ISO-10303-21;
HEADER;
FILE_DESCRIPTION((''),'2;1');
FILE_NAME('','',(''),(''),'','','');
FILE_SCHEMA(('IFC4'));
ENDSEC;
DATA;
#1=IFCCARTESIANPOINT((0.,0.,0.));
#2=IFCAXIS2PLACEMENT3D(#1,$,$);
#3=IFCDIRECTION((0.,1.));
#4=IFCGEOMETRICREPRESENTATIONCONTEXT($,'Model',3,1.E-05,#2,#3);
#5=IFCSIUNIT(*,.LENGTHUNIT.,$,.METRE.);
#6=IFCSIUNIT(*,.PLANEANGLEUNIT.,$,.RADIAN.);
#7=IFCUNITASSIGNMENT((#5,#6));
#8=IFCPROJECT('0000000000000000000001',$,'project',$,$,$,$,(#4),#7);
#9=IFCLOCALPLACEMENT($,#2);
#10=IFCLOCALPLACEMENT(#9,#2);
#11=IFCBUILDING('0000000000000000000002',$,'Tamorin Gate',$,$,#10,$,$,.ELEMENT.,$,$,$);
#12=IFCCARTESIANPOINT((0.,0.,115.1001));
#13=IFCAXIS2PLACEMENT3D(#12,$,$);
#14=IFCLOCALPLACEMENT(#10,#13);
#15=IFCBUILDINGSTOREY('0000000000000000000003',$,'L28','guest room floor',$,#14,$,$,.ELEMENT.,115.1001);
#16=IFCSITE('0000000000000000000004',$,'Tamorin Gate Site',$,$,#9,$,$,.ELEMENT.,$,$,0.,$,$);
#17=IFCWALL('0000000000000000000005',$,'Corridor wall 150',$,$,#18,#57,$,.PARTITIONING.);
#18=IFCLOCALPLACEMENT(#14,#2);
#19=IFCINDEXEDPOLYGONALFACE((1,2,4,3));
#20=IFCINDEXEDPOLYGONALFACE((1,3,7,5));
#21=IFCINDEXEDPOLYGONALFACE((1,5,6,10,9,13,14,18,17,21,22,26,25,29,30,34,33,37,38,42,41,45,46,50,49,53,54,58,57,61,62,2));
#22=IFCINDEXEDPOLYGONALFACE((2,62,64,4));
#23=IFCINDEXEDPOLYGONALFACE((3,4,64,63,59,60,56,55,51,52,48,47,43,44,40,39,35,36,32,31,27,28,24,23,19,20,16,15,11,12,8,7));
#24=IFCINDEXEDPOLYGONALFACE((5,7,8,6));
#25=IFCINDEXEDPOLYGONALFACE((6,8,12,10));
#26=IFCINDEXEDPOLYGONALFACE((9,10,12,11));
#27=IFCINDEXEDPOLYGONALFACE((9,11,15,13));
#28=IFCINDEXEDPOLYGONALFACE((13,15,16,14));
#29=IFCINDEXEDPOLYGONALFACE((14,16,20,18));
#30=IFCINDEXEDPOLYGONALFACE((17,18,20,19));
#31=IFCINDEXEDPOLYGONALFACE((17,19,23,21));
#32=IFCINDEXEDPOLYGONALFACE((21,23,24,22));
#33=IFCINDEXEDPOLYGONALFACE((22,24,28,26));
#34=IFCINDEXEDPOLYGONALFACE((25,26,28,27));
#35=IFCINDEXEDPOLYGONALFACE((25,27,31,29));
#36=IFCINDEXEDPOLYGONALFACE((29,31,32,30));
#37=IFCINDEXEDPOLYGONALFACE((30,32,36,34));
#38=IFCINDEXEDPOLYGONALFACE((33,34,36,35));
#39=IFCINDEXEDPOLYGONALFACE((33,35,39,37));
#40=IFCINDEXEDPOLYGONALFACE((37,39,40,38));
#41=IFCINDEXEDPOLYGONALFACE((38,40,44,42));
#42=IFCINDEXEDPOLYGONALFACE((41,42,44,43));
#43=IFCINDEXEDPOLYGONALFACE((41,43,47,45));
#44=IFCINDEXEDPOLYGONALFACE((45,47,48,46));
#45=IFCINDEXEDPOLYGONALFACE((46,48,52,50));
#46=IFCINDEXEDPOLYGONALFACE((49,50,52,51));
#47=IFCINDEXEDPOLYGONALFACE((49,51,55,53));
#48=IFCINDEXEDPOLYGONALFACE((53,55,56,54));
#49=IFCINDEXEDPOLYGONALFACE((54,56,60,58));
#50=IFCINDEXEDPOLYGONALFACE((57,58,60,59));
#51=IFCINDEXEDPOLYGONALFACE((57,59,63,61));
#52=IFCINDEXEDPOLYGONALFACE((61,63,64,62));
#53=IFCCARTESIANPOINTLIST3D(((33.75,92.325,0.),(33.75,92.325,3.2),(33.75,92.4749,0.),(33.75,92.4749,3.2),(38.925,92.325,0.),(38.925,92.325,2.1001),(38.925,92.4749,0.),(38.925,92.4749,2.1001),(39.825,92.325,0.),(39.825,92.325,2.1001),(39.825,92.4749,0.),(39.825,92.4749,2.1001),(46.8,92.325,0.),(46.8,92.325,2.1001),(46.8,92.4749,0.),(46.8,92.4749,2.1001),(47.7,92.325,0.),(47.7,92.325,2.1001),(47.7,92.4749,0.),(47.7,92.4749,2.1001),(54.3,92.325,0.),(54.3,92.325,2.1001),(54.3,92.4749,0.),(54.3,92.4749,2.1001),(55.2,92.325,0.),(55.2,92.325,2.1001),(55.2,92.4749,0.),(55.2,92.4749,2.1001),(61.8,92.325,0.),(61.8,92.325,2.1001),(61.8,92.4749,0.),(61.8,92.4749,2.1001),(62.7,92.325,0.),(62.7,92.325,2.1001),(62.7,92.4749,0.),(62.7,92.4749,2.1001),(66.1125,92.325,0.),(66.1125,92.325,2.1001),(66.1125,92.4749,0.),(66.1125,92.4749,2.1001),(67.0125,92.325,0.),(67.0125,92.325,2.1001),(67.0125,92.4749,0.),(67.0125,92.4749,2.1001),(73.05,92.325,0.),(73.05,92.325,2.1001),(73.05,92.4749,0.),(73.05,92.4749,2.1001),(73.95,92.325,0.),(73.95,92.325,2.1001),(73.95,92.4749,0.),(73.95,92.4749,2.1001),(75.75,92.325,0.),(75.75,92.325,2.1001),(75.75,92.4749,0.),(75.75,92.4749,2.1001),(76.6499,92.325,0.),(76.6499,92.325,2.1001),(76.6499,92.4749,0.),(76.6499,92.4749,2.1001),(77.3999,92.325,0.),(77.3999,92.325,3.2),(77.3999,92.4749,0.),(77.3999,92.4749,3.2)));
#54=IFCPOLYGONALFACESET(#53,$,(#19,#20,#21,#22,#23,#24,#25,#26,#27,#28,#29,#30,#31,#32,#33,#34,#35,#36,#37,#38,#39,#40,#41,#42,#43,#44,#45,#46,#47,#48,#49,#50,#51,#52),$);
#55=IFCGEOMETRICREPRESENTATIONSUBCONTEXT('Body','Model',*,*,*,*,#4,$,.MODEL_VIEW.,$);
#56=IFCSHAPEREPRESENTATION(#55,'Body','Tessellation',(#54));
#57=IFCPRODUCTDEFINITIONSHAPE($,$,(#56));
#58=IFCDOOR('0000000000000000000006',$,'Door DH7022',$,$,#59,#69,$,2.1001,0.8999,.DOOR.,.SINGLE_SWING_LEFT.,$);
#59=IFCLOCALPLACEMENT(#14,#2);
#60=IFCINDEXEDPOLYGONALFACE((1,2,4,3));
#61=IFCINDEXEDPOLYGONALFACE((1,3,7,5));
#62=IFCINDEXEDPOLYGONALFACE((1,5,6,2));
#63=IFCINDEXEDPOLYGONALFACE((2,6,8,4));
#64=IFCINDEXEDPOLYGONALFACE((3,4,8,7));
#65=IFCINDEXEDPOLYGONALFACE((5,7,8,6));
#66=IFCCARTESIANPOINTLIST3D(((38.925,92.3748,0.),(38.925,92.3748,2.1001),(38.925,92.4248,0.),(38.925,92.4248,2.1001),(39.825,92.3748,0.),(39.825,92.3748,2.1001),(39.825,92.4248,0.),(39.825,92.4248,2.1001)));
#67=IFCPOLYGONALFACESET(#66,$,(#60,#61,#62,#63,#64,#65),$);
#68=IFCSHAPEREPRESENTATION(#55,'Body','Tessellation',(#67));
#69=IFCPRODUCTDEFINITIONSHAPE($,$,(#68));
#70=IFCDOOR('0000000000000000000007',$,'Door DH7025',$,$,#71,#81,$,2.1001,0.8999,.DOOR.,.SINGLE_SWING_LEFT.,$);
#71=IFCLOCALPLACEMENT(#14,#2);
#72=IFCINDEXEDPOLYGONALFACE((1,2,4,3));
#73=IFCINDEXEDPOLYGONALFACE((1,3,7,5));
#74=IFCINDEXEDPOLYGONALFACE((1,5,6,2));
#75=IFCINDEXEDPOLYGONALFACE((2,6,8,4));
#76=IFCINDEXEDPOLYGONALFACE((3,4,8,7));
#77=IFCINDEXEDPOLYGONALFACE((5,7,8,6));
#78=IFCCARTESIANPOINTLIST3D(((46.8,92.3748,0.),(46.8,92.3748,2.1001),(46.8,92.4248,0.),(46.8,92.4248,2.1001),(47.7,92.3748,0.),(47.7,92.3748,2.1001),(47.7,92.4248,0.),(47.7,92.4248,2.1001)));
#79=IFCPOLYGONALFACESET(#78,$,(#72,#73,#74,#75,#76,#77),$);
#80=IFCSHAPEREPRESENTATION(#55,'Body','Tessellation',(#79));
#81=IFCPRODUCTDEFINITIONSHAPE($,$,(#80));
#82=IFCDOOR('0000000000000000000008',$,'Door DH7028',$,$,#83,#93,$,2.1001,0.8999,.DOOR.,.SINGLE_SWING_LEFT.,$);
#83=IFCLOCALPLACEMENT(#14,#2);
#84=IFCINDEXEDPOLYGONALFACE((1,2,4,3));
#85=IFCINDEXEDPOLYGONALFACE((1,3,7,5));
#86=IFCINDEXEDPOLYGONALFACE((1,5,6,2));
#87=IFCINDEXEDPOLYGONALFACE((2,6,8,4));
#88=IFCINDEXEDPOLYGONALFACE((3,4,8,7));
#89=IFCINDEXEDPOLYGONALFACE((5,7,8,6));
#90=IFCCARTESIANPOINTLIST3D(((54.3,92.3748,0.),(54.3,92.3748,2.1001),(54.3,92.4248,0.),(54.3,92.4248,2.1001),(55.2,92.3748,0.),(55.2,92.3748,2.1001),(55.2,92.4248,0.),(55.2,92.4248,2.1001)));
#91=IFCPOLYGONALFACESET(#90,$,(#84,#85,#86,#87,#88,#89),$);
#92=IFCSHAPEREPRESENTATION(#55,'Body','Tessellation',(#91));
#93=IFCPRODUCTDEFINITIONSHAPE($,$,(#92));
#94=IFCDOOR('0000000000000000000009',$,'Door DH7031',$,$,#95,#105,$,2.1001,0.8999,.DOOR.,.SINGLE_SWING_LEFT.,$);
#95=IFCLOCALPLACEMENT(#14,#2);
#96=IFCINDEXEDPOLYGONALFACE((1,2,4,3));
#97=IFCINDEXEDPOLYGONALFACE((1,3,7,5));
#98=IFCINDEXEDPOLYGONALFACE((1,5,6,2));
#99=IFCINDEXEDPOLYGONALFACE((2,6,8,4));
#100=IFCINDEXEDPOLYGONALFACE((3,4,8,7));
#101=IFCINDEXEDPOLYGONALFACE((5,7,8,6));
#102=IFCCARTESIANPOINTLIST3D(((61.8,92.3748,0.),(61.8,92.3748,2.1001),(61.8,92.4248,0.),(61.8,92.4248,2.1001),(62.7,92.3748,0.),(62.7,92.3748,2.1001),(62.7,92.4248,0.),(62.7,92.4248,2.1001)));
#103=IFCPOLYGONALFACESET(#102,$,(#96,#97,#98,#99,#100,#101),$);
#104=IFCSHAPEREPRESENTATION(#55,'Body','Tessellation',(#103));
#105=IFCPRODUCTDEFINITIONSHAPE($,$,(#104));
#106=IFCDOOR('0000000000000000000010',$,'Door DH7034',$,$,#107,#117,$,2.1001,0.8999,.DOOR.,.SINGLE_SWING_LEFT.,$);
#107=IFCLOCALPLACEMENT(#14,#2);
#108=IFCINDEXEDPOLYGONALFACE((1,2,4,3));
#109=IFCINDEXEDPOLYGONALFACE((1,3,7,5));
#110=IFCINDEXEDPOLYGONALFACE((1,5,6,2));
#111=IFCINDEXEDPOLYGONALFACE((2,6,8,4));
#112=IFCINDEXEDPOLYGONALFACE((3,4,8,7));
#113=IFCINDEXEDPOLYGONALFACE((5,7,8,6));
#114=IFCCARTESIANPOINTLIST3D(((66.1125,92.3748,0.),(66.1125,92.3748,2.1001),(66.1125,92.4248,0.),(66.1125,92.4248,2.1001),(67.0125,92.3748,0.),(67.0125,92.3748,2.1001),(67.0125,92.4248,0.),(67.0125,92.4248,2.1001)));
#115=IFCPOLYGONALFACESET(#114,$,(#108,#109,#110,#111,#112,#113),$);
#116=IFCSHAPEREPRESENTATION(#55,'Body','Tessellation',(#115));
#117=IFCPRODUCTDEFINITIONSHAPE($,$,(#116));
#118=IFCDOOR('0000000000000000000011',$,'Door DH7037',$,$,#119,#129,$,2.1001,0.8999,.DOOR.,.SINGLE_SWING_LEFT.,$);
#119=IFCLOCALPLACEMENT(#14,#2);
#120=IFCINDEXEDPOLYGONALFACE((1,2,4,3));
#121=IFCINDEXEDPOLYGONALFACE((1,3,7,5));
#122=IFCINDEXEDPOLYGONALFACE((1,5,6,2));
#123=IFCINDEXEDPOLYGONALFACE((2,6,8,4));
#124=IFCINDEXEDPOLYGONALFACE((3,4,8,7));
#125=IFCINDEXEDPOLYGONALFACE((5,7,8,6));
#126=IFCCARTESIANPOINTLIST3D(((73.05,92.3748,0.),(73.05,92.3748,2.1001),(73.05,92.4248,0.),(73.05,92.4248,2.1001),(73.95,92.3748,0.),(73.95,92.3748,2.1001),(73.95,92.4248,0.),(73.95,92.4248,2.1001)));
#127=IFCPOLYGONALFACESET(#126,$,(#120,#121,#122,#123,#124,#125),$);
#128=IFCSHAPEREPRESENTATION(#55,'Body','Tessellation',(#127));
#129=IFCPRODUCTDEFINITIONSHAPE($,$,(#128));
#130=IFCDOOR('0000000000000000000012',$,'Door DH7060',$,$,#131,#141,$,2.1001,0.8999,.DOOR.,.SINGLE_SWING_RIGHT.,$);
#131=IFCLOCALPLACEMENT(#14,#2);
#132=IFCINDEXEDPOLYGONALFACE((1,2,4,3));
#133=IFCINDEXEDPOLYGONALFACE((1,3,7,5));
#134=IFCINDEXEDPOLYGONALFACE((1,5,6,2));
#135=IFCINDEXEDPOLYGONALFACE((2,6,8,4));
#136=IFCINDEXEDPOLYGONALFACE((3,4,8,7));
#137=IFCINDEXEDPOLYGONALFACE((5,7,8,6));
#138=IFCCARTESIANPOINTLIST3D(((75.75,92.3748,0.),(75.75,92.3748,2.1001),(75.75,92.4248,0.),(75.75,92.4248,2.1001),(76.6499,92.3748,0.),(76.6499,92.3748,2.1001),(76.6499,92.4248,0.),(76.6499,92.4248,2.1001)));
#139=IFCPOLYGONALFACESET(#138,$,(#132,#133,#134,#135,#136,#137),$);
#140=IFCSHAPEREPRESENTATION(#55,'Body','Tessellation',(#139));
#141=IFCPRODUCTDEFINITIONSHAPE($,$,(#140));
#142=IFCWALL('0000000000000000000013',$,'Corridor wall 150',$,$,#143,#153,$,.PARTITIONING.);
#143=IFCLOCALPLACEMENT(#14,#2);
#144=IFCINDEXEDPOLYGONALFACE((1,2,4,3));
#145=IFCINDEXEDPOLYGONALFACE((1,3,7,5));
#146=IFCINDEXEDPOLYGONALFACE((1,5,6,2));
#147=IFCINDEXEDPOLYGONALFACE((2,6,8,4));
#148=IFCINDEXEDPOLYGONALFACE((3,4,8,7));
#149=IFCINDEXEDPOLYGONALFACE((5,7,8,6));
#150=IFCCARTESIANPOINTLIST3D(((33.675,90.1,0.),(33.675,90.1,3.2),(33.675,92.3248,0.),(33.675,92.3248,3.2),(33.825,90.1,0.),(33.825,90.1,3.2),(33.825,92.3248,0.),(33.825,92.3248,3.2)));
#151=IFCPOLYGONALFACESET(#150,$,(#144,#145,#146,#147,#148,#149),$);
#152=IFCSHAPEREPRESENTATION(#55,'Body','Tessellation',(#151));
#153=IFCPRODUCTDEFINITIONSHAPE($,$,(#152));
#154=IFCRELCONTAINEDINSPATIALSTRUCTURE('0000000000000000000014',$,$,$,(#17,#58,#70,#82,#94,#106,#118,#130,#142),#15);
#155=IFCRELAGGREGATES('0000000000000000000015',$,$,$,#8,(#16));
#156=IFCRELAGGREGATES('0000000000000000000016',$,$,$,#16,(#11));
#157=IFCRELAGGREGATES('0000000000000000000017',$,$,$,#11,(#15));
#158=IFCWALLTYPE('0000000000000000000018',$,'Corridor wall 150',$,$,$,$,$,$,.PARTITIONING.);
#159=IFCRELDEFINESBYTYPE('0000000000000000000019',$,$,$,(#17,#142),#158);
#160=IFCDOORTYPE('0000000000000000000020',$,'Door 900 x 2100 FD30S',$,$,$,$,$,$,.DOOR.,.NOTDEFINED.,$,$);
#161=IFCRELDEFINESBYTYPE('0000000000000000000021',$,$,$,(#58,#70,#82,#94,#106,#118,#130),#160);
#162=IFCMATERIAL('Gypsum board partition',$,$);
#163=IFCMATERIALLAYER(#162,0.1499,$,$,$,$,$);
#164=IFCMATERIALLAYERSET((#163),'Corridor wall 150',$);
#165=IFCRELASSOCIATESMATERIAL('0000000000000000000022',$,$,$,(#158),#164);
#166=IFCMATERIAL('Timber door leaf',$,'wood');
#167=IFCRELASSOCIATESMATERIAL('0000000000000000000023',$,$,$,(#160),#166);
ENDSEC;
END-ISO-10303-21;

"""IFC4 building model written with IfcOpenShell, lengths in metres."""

from ifc_helpers import new_model, si_unit, direction, frame, frame_2d, origin, place, context, subcontext, project, spatial, rectangle, extrude, material, layer, layer_set, type_object, element, fill, save


model = new_model("IFC4")

# Units and contexts
model_context = context("Model", 3, precision=1e-05, world=origin(), true_north=direction((0.0, 1.0)))
body_context = subcontext(model_context, "Body", "Model", "MODEL_VIEW")
ifc_project = project(units=[si_unit("LENGTHUNIT", "METRE"), si_unit("PLANEANGLEUNIT", "RADIAN")], contexts=[model_context])

# Site, building, storey
site_placement = place(None, origin())
site = spatial("IfcSite", under=ifc_project, at=site_placement, Name="Tamorin Gate Site", CompositionType="ELEMENT", RefElevation=0.0)
building_placement = place(site_placement, origin())
building = spatial("IfcBuilding", under=site, at=building_placement, Name="Tamorin Gate", CompositionType="ELEMENT")
storey_placement = place(building_placement, frame((0.0, 0.0, 115.1001)))
storey = spatial("IfcBuildingStorey", under=building, at=storey_placement, Name="L28", Description="guest room floor", CompositionType="ELEMENT", Elevation=115.1001)

# Wall, openings, doors
ifc_material_1 = material(Name="Gypsum board partition")
ifc_layer_1 = layer(ifc_material_1, 0.1499)
ifc_layer_set_1 = layer_set([ifc_layer_1], Name="Corridor wall 150")
wall_type_1 = type_object("IfcWallType", Name="Corridor wall 150", PredefinedType="PARTITIONING", material=ifc_layer_set_1)
ifc_material_2 = material(Name="Timber door leaf", Category="wood")
door_type_1 = type_object("IfcDoorType", Name="Door 900 x 2100 FD30S", OperationType="NOTDEFINED", PredefinedType="DOOR", material=ifc_material_2)
wall_1_placement = place(storey_placement, frame((33.75, 92.3999, 0.0), z_axis=(0.0, 0.0, 1.0), x_axis=(1.0, 0.0, 0.0)))
wall_1 = element("IfcWall", 1, at=wall_1_placement, inside=storey, type_object=wall_type_1, Name="Corridor wall 150", PredefinedType="PARTITIONING", context=body_context, shape_type="SweptSolid", body=[
    extrude(rectangle(XDim=43.6499, YDim=0.1499, at=frame_2d((21.825, 0.0))), origin(), (0.0, 0.0, 1.0), 3.2),
])
opening_1_placement = place(wall_1_placement, frame((5.175, 0.0, 0.0)))
opening_1 = element("IfcOpeningElement", 2, at=opening_1_placement, cuts=wall_1, PredefinedType="OPENING", context=body_context, shape_type="SweptSolid", body=[
    extrude(rectangle(XDim=0.8999, YDim=2.1001, at=frame_2d((0.45, 1.05))), frame((0.0, 0.085, 0.0), z_axis=(0.0, -1.0, 0.0), x_axis=(1.0, 0.0, 0.0)), (0.0, 0.0, 1.0), 0.1699),
])
opening_2_placement = place(wall_1_placement, frame((13.05, 0.0, 0.0)))
opening_2 = element("IfcOpeningElement", 3, at=opening_2_placement, cuts=wall_1, PredefinedType="OPENING", context=body_context, shape_type="SweptSolid", body=[
    extrude(rectangle(XDim=0.8999, YDim=2.1001, at=frame_2d((0.45, 1.05))), frame((0.0, 0.085, 0.0), z_axis=(0.0, -1.0, 0.0), x_axis=(1.0, 0.0, 0.0)), (0.0, 0.0, 1.0), 0.1699),
])
opening_3_placement = place(wall_1_placement, frame((20.55, 0.0, 0.0)))
opening_3 = element("IfcOpeningElement", 4, at=opening_3_placement, cuts=wall_1, PredefinedType="OPENING", context=body_context, shape_type="SweptSolid", body=[
    extrude(rectangle(XDim=0.8999, YDim=2.1001, at=frame_2d((0.45, 1.05))), frame((0.0, 0.085, 0.0), z_axis=(0.0, -1.0, 0.0), x_axis=(1.0, 0.0, 0.0)), (0.0, 0.0, 1.0), 0.1699),
])
opening_4_placement = place(wall_1_placement, frame((28.05, 0.0, 0.0)))
opening_4 = element("IfcOpeningElement", 5, at=opening_4_placement, cuts=wall_1, PredefinedType="OPENING", context=body_context, shape_type="SweptSolid", body=[
    extrude(rectangle(XDim=0.8999, YDim=2.1001, at=frame_2d((0.45, 1.05))), frame((0.0, 0.085, 0.0), z_axis=(0.0, -1.0, 0.0), x_axis=(1.0, 0.0, 0.0)), (0.0, 0.0, 1.0), 0.1699),
])
opening_5_placement = place(wall_1_placement, frame((32.3625, 0.0, 0.0)))
opening_5 = element("IfcOpeningElement", 6, at=opening_5_placement, cuts=wall_1, PredefinedType="OPENING", context=body_context, shape_type="SweptSolid", body=[
    extrude(rectangle(XDim=0.8999, YDim=2.1001, at=frame_2d((0.45, 1.05))), frame((0.0, 0.085, 0.0), z_axis=(0.0, -1.0, 0.0), x_axis=(1.0, 0.0, 0.0)), (0.0, 0.0, 1.0), 0.1699),
])
opening_6_placement = place(wall_1_placement, frame((39.3, 0.0, 0.0)))
opening_6 = element("IfcOpeningElement", 7, at=opening_6_placement, cuts=wall_1, PredefinedType="OPENING", context=body_context, shape_type="SweptSolid", body=[
    extrude(rectangle(XDim=0.8999, YDim=2.1001, at=frame_2d((0.45, 1.05))), frame((0.0, 0.085, 0.0), z_axis=(0.0, -1.0, 0.0), x_axis=(1.0, 0.0, 0.0)), (0.0, 0.0, 1.0), 0.1699),
])
opening_7_placement = place(wall_1_placement, frame((42.0, 0.0, 0.0)))
opening_7 = element("IfcOpeningElement", 8, at=opening_7_placement, cuts=wall_1, PredefinedType="OPENING", context=body_context, shape_type="SweptSolid", body=[
    extrude(rectangle(XDim=0.8999, YDim=2.1001, at=frame_2d((0.45, 1.05))), frame((0.0, 0.085, 0.0), z_axis=(0.0, -1.0, 0.0), x_axis=(1.0, 0.0, 0.0)), (0.0, 0.0, 1.0), 0.1699),
])
door_1_placement = place(opening_1_placement, origin())
door_1 = element("IfcDoor", 9, at=door_1_placement, inside=storey, type_object=door_type_1, Name="Door DH7022", OperationType="SINGLE_SWING_LEFT", OverallHeight=2.1001, OverallWidth=0.8999, PredefinedType="DOOR", context=body_context, shape_type="SweptSolid", body=[
    extrude(rectangle(XDim=0.8999, YDim=2.1001, at=frame_2d((0.45, 1.05))), frame((0.0, 0.0249, 0.0), z_axis=(0.0, -1.0, 0.0), x_axis=(1.0, 0.0, 0.0)), (0.0, 0.0, 1.0), 0.05),
])
fill(opening_1, door_1)
door_2_placement = place(opening_2_placement, origin())
door_2 = element("IfcDoor", 10, at=door_2_placement, inside=storey, type_object=door_type_1, Name="Door DH7025", OperationType="SINGLE_SWING_LEFT", OverallHeight=2.1001, OverallWidth=0.8999, PredefinedType="DOOR", context=body_context, shape_type="SweptSolid", body=[
    extrude(rectangle(XDim=0.8999, YDim=2.1001, at=frame_2d((0.45, 1.05))), frame((0.0, 0.0249, 0.0), z_axis=(0.0, -1.0, 0.0), x_axis=(1.0, 0.0, 0.0)), (0.0, 0.0, 1.0), 0.05),
])
fill(opening_2, door_2)
door_3_placement = place(opening_3_placement, origin())
door_3 = element("IfcDoor", 11, at=door_3_placement, inside=storey, type_object=door_type_1, Name="Door DH7028", OperationType="SINGLE_SWING_LEFT", OverallHeight=2.1001, OverallWidth=0.8999, PredefinedType="DOOR", context=body_context, shape_type="SweptSolid", body=[
    extrude(rectangle(XDim=0.8999, YDim=2.1001, at=frame_2d((0.45, 1.05))), frame((0.0, 0.0249, 0.0), z_axis=(0.0, -1.0, 0.0), x_axis=(1.0, 0.0, 0.0)), (0.0, 0.0, 1.0), 0.05),
])
fill(opening_3, door_3)
door_4_placement = place(opening_4_placement, origin())
door_4 = element("IfcDoor", 12, at=door_4_placement, inside=storey, type_object=door_type_1, Name="Door DH7031", OperationType="SINGLE_SWING_LEFT", OverallHeight=2.1001, OverallWidth=0.8999, PredefinedType="DOOR", context=body_context, shape_type="SweptSolid", body=[
    extrude(rectangle(XDim=0.8999, YDim=2.1001, at=frame_2d((0.45, 1.05))), frame((0.0, 0.0249, 0.0), z_axis=(0.0, -1.0, 0.0), x_axis=(1.0, 0.0, 0.0)), (0.0, 0.0, 1.0), 0.05),
])
fill(opening_4, door_4)
door_5_placement = place(opening_5_placement, origin())
door_5 = element("IfcDoor", 13, at=door_5_placement, inside=storey, type_object=door_type_1, Name="Door DH7034", OperationType="SINGLE_SWING_LEFT", OverallHeight=2.1001, OverallWidth=0.8999, PredefinedType="DOOR", context=body_context, shape_type="SweptSolid", body=[
    extrude(rectangle(XDim=0.8999, YDim=2.1001, at=frame_2d((0.45, 1.05))), frame((0.0, 0.0249, 0.0), z_axis=(0.0, -1.0, 0.0), x_axis=(1.0, 0.0, 0.0)), (0.0, 0.0, 1.0), 0.05),
])
fill(opening_5, door_5)
door_6_placement = place(opening_6_placement, origin())
door_6 = element("IfcDoor", 14, at=door_6_placement, inside=storey, type_object=door_type_1, Name="Door DH7037", OperationType="SINGLE_SWING_LEFT", OverallHeight=2.1001, OverallWidth=0.8999, PredefinedType="DOOR", context=body_context, shape_type="SweptSolid", body=[
    extrude(rectangle(XDim=0.8999, YDim=2.1001, at=frame_2d((0.45, 1.05))), frame((0.0, 0.0249, 0.0), z_axis=(0.0, -1.0, 0.0), x_axis=(1.0, 0.0, 0.0)), (0.0, 0.0, 1.0), 0.05),
])
fill(opening_6, door_6)
door_7_placement = place(opening_7_placement, origin())
door_7 = element("IfcDoor", 15, at=door_7_placement, inside=storey, type_object=door_type_1, Name="Door DH7060", OperationType="SINGLE_SWING_RIGHT", OverallHeight=2.1001, OverallWidth=0.8999, PredefinedType="DOOR", context=body_context, shape_type="SweptSolid", body=[
    extrude(rectangle(XDim=0.8999, YDim=2.1001, at=frame_2d((0.45, 1.05))), frame((0.0, 0.0249, 0.0), z_axis=(0.0, -1.0, 0.0), x_axis=(1.0, 0.0, 0.0)), (0.0, 0.0, 1.0), 0.05),
])
fill(opening_7, door_7)

# Wall
wall_2_placement = place(storey_placement, frame((33.75, 90.1001, 0.0), z_axis=(0.0, 0.0, 1.0), x_axis=(0.0, 1.0, 0.0)))
element("IfcWall", 16, at=wall_2_placement, inside=storey, type_object=wall_type_1, Name="Corridor wall 150", PredefinedType="PARTITIONING", context=body_context, shape_type="SweptSolid", body=[
    extrude(rectangle(XDim=2.2249, YDim=0.1499, at=frame_2d((1.1123, 0.0))), origin(), (0.0, 0.0, 1.0), 3.2),
])

save(model, "model.ifc")
